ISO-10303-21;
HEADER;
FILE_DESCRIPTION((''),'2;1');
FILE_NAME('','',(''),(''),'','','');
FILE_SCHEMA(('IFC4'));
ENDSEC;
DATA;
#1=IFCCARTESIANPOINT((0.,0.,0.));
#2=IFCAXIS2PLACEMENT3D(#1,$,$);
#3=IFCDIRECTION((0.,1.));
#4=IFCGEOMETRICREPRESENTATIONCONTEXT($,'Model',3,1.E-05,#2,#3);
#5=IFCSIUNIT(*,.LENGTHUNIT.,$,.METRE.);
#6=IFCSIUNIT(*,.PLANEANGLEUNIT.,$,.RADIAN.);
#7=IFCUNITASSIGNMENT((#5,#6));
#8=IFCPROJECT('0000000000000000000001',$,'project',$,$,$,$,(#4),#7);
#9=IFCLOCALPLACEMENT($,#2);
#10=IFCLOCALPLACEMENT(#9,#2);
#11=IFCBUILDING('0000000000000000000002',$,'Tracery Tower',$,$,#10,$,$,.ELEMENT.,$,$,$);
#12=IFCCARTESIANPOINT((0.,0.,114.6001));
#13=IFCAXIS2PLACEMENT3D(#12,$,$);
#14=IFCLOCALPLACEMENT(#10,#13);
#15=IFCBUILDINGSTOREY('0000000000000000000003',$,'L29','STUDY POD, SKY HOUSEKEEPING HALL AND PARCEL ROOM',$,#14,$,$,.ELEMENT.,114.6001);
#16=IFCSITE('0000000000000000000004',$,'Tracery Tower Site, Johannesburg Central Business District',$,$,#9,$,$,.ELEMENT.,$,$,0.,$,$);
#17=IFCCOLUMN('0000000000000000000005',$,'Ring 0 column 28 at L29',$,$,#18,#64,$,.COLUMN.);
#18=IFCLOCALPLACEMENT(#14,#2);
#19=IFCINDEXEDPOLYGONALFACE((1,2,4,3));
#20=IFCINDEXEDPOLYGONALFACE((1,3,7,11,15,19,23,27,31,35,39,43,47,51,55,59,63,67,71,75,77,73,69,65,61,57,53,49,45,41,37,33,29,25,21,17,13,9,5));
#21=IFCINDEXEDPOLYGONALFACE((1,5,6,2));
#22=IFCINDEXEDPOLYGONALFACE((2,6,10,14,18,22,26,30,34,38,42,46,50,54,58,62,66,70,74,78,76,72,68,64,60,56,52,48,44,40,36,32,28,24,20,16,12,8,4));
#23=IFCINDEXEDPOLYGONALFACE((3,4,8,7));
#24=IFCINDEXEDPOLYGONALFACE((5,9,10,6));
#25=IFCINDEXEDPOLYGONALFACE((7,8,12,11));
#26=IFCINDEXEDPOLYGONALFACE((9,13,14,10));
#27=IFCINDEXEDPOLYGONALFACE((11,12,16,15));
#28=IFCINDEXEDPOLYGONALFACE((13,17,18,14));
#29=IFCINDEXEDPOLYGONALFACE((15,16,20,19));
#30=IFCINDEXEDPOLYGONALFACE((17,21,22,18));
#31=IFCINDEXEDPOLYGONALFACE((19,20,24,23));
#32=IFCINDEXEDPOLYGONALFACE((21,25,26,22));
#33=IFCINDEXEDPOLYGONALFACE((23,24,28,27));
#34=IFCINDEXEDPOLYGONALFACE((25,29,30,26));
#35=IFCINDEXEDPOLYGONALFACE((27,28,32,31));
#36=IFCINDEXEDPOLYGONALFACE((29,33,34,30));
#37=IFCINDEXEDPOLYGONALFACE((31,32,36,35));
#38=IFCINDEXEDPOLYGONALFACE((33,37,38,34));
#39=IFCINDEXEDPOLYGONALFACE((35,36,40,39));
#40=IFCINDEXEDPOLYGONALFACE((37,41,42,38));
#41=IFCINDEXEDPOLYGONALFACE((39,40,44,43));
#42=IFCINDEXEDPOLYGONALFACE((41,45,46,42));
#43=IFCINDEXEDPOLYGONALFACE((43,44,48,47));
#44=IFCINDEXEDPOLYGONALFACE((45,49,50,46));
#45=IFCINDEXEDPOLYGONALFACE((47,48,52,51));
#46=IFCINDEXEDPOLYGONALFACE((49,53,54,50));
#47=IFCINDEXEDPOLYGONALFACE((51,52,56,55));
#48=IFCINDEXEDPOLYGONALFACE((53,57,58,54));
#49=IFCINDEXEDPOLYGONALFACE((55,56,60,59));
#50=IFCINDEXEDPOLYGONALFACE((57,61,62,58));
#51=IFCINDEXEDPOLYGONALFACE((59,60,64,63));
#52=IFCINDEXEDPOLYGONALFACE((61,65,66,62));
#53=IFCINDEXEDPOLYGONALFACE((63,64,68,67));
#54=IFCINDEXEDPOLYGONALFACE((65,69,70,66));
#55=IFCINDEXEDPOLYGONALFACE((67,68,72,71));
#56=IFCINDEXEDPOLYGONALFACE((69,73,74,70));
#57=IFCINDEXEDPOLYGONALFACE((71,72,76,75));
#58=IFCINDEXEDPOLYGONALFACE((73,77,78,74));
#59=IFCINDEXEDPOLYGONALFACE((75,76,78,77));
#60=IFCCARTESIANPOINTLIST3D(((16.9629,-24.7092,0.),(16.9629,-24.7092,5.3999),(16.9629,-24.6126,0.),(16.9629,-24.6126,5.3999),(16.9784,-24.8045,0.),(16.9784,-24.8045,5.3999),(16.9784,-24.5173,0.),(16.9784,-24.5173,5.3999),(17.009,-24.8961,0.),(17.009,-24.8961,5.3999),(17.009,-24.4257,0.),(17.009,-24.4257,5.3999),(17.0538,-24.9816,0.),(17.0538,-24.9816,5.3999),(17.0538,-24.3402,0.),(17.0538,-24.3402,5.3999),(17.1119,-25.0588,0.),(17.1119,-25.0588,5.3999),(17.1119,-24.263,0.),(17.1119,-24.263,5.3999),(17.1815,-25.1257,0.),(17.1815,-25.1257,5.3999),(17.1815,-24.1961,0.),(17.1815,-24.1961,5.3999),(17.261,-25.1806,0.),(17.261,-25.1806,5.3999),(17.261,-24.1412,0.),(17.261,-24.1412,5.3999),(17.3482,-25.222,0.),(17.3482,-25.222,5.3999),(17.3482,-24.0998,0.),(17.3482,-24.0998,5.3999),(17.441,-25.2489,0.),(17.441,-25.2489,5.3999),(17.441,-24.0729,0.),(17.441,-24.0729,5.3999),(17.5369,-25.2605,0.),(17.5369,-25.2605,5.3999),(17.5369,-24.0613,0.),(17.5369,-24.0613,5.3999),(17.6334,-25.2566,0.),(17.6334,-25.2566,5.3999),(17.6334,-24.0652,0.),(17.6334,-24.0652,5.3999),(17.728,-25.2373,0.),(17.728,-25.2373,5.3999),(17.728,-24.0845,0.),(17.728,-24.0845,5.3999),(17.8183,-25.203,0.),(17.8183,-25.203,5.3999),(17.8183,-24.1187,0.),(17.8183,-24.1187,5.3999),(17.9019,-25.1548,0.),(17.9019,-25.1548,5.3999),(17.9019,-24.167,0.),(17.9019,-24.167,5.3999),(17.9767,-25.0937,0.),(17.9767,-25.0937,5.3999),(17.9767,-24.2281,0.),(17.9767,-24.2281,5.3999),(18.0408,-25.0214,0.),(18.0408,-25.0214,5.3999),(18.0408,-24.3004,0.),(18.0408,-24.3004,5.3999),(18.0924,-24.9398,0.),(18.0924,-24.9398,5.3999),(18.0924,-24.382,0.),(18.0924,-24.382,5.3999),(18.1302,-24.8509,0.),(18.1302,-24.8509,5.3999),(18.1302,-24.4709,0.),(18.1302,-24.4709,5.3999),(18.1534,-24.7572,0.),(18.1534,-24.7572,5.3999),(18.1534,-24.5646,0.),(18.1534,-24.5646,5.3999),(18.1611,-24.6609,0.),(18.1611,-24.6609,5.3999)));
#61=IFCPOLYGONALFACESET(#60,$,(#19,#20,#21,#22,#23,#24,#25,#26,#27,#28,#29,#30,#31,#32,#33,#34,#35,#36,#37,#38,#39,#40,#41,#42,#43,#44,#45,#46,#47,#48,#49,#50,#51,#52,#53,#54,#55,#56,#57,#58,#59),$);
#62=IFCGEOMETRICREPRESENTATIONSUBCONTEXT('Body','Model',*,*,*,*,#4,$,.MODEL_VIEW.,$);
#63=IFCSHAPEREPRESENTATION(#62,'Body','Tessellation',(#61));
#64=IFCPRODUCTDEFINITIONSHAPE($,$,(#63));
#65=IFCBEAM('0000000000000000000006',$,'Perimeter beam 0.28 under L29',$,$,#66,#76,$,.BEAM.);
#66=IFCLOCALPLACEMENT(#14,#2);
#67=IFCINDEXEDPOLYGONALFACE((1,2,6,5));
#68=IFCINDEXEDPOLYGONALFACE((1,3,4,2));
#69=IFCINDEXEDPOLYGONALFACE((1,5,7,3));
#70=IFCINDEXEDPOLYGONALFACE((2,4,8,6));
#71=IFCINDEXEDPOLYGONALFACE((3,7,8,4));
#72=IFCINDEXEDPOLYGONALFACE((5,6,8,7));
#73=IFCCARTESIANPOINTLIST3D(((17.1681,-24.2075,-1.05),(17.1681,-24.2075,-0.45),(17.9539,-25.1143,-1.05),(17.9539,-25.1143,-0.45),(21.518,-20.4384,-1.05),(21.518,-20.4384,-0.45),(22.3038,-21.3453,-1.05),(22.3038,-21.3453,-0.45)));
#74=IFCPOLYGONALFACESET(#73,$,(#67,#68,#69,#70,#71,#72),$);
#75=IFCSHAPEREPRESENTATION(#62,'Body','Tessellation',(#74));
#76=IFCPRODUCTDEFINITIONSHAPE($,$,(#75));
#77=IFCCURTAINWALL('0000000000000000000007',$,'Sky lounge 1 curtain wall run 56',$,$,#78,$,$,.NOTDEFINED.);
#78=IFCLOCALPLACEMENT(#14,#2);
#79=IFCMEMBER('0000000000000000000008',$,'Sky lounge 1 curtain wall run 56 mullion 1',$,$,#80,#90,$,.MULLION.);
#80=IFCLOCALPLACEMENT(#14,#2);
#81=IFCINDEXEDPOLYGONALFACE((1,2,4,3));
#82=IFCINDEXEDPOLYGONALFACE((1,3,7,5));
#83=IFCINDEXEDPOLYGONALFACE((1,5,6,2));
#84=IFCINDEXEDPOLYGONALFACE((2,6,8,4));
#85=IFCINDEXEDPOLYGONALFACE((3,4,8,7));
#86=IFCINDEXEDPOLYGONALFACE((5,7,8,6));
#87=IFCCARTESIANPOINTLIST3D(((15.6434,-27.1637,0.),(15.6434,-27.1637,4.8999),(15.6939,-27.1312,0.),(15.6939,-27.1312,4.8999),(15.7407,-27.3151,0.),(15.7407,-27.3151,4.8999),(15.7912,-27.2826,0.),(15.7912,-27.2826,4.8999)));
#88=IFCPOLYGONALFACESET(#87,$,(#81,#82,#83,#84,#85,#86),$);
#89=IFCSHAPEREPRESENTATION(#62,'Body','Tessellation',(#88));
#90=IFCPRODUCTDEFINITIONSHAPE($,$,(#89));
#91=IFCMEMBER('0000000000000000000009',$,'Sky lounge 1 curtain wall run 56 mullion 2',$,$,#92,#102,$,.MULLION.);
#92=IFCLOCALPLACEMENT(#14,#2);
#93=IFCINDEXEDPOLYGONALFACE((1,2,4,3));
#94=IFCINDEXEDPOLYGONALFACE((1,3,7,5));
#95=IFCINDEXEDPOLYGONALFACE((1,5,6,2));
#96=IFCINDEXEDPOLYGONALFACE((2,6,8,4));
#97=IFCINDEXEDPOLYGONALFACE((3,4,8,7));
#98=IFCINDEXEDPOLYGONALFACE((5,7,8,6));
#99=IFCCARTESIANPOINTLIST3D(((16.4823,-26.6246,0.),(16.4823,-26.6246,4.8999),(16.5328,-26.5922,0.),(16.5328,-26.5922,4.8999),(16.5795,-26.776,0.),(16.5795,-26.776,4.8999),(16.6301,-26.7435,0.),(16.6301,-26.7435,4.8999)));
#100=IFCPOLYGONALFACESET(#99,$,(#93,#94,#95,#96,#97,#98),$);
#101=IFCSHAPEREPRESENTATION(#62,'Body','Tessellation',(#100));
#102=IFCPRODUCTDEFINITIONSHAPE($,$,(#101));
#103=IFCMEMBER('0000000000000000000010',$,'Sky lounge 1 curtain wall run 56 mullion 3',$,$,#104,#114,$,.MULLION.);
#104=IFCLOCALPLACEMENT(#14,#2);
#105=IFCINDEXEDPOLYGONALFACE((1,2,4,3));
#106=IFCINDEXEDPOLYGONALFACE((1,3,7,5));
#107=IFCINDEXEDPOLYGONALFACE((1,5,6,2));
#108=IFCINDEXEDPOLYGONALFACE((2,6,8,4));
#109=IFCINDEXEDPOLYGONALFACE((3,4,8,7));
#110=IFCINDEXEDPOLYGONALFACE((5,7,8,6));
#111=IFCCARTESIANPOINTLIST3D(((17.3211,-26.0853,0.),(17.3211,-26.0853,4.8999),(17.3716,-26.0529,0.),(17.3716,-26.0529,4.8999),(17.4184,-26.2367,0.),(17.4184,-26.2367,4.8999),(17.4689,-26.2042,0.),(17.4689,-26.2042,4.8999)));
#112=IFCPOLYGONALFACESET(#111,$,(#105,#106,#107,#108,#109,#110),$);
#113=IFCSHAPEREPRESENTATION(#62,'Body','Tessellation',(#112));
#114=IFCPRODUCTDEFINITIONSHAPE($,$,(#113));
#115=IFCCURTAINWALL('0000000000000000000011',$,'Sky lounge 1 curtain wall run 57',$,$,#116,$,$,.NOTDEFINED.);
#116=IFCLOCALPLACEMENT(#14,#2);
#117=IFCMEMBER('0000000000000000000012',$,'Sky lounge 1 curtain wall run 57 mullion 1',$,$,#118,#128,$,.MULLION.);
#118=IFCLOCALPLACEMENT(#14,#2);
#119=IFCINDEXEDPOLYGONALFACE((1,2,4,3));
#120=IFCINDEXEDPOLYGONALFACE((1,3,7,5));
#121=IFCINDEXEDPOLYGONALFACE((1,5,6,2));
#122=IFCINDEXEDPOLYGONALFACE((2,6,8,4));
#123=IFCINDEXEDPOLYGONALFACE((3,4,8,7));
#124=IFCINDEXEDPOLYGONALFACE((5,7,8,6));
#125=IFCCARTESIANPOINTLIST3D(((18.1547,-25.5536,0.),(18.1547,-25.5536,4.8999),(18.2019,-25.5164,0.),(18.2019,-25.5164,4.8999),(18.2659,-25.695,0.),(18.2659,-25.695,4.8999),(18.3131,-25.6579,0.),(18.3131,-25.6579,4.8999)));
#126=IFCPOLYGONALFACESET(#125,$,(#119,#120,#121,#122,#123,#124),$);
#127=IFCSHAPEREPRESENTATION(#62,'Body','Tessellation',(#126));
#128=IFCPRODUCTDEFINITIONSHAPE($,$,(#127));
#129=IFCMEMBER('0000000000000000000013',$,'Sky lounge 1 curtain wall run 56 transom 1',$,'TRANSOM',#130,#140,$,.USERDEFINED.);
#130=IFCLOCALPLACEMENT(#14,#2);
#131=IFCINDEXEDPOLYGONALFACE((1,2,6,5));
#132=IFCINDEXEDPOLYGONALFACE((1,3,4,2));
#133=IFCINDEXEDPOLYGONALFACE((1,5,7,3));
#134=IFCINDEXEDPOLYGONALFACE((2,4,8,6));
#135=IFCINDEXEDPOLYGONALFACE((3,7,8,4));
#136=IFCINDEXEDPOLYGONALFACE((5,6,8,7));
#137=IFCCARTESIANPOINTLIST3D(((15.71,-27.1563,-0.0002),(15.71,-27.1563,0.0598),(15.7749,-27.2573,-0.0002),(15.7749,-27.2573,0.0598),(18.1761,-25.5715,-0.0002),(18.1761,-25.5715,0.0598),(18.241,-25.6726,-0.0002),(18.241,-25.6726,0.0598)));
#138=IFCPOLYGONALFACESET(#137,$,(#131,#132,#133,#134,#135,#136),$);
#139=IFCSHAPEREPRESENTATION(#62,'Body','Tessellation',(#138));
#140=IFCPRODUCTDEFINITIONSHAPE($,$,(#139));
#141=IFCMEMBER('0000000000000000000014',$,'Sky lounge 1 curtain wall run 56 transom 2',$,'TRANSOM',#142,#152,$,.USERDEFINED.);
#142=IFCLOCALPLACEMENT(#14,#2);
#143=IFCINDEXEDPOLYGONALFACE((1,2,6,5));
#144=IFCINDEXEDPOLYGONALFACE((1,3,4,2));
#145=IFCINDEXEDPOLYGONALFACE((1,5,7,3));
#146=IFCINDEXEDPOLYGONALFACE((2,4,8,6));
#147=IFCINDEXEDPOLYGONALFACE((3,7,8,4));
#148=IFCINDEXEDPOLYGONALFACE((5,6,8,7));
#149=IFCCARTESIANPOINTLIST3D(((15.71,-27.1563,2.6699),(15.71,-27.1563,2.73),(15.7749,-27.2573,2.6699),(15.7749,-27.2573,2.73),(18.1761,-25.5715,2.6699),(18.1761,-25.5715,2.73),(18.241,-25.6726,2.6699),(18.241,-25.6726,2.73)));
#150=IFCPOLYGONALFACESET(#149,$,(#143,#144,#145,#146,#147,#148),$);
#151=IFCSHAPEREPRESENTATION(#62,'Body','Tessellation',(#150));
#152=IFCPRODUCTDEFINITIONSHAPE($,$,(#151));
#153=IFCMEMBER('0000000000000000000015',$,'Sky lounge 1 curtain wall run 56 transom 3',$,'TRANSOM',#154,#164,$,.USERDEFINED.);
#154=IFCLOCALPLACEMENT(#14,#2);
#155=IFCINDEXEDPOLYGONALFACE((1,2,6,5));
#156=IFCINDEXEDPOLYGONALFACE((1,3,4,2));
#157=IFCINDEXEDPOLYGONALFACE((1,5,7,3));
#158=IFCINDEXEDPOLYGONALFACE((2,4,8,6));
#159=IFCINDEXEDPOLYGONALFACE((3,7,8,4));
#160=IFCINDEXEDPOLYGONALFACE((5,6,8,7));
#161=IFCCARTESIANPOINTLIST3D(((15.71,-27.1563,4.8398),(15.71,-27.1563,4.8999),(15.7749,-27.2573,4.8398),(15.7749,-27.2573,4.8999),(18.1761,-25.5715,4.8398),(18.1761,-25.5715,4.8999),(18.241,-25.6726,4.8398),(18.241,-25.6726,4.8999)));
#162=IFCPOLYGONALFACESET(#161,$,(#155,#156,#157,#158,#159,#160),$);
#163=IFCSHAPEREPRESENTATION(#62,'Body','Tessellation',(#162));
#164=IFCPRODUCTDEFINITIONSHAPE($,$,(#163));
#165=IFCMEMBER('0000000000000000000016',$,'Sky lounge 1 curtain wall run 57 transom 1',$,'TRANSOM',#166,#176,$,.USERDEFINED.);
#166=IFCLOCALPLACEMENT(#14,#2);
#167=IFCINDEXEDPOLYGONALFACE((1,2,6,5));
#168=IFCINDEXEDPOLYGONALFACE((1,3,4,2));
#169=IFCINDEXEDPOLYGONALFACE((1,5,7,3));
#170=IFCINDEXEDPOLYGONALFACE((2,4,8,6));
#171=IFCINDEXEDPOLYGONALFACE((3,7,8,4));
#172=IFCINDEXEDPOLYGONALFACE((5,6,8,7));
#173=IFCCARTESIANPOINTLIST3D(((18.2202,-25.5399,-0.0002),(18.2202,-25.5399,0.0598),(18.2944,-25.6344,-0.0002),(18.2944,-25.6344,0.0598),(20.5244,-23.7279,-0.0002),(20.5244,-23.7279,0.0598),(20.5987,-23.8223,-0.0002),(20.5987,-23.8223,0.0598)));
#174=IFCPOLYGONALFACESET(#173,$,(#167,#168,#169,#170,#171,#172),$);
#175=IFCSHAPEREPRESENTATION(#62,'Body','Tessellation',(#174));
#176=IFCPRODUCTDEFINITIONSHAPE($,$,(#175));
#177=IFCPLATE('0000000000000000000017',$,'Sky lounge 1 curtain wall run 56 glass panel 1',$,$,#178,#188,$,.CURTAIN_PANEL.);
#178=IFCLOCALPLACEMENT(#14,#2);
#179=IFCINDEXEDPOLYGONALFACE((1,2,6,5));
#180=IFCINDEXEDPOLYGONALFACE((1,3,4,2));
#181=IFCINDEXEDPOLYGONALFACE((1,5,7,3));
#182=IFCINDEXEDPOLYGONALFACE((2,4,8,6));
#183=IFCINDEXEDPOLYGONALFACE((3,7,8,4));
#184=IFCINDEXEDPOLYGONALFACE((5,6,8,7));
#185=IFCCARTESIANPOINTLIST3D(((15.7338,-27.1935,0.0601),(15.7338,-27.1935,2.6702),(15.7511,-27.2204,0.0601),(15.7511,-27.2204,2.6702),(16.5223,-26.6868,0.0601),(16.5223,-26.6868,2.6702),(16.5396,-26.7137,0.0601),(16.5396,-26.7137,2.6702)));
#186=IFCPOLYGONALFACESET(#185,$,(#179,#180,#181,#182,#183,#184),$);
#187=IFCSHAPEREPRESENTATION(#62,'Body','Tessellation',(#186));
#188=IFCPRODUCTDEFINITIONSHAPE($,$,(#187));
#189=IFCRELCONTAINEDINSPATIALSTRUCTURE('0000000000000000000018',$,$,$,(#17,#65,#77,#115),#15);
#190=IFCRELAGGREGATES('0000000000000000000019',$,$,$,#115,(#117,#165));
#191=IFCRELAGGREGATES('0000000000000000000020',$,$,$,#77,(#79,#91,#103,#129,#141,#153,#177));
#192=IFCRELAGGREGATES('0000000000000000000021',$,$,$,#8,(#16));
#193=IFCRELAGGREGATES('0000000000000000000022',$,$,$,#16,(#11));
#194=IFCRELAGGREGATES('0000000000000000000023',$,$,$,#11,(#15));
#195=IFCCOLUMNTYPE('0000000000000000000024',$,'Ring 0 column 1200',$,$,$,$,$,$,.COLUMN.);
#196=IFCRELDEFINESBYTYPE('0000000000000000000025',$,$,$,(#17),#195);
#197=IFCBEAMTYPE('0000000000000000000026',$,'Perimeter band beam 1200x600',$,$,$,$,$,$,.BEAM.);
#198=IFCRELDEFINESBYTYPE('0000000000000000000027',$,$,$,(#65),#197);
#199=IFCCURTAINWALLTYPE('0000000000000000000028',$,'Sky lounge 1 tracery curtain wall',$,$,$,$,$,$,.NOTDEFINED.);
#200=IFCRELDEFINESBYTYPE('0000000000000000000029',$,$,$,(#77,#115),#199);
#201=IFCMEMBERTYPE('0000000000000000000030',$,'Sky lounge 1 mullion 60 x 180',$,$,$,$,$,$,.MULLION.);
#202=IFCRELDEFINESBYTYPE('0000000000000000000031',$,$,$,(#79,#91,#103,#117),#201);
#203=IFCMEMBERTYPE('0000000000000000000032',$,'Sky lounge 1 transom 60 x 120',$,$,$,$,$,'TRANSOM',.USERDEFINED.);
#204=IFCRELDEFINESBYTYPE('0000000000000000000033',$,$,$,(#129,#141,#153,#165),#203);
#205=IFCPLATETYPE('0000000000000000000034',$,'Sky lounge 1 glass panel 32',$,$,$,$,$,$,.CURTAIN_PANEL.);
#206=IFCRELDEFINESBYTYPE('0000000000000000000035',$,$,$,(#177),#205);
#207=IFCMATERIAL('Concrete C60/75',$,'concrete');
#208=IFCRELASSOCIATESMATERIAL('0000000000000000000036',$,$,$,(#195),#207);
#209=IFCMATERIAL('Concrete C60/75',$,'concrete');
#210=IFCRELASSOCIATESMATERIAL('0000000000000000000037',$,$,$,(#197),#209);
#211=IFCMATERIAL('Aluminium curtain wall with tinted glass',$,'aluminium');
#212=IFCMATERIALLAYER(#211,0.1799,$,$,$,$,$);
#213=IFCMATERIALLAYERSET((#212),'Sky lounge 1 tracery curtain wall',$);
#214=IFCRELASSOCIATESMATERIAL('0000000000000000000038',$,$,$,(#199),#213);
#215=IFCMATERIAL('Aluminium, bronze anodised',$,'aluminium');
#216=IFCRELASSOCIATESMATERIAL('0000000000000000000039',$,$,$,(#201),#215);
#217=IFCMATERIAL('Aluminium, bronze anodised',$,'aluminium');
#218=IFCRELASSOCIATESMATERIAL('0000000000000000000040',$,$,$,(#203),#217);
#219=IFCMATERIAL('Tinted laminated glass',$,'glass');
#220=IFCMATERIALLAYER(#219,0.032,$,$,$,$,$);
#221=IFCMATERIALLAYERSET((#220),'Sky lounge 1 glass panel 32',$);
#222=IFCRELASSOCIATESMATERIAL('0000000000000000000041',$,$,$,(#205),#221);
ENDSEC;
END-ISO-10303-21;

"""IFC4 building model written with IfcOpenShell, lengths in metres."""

from ifc_helpers import new_model, si_unit, direction, frame, origin, origin_2d, place, context, subcontext, project, spatial, rectangle, circle, extrude, material, layer, layer_set, material_profile, profile_set, type_object, element, aggregate, save


model = new_model("IFC4")

# Units and contexts
model_context = context("Model", 3, precision=1e-05, world=origin(), true_north=direction((0.0, 1.0)))
body_context = subcontext(model_context, "Body", "Model", "MODEL_VIEW")
ifc_project = project(units=[si_unit("LENGTHUNIT", "METRE"), si_unit("PLANEANGLEUNIT", "RADIAN")], contexts=[model_context])

# Site, building, storey
site_placement = place(None, origin())
site = spatial("IfcSite", under=ifc_project, at=site_placement, Name="Tracery Tower Site, Johannesburg Central Business District", CompositionType="ELEMENT", RefElevation=0.0)
building_placement = place(site_placement, origin())
building = spatial("IfcBuilding", under=site, at=building_placement, Name="Tracery Tower", CompositionType="ELEMENT")
storey_placement = place(building_placement, frame((0.0, 0.0, 114.6001)))
storey = spatial("IfcBuildingStorey", under=building, at=storey_placement, Name="L29", Description="STUDY POD, SKY HOUSEKEEPING HALL AND PARCEL ROOM", CompositionType="ELEMENT", Elevation=114.6001)

# Column
ifc_material_1 = material(Name="Concrete C60/75", Category="concrete")
ifc_material_profile_1 = material_profile(ifc_material_1, circle(Radius=0.6001, at=origin_2d()), Name="RC D1200")
ifc_profile_set_1 = profile_set([ifc_material_profile_1], Name="Concrete C60/75")
column_type = type_object("IfcColumnType", Name="Ring 0 column 1200", PredefinedType="COLUMN", material=ifc_profile_set_1)
column_placement = place(storey_placement, frame((17.561, -24.6609, 0.0), z_axis=(0.0, 0.0, 1.0), x_axis=(1.0, 0.0, 0.0)))
element("IfcColumn", 1, at=column_placement, inside=storey, type_object=column_type, Name="Ring 0 column 28 at L29", PredefinedType="COLUMN", context=body_context, shape_type="SweptSolid", body=[
    extrude(circle(Radius=0.6001, at=origin_2d()), origin(), (0.0, 0.0, 1.0), 5.3999),
])

# Beam
ifc_material_2 = material(Name="Concrete C60/75", Category="concrete")
ifc_material_profile_2 = material_profile(ifc_material_2, rectangle(XDim=1.2, YDim=0.6001, at=origin_2d()), Name="RC 1200x600")
ifc_profile_set_2 = profile_set([ifc_material_profile_2], Name="Concrete C60/75")
beam_type = type_object("IfcBeamType", Name="Perimeter band beam 1200x600", PredefinedType="BEAM", material=ifc_profile_set_2)
beam_placement = place(storey_placement, frame((17.561, -24.6609, -0.75), z_axis=(0.75576, 0.654848, 0.0), x_axis=(-0.654848, 0.75576, 0.0)))
element("IfcBeam", 2, at=beam_placement, inside=storey, type_object=beam_type, Name="Perimeter beam 0.28 under L29", PredefinedType="BEAM", context=body_context, shape_type="SweptSolid", body=[
    extrude(rectangle(XDim=1.2, YDim=0.6001, at=origin_2d()), origin(), (0.0, 0.0, 1.0), 5.7556),
])

# Curtain wall, members
ifc_material_3 = material(Name="Aluminium curtain wall with tinted glass", Category="aluminium")
ifc_layer_1 = layer(ifc_material_3, 0.1799)
ifc_layer_set_1 = layer_set([ifc_layer_1], Name="Sky lounge 1 tracery curtain wall")
curtain_wall_type = type_object("IfcCurtainWallType", Name="Sky lounge 1 tracery curtain wall", PredefinedType="NOTDEFINED", material=ifc_layer_set_1)
curtain_wall_1_placement = place(storey_placement, origin())
curtain_wall_1 = element("IfcCurtainWall", 3, at=curtain_wall_1_placement, inside=storey, type_object=curtain_wall_type, Name="Sky lounge 1 curtain wall run 56", PredefinedType="NOTDEFINED")
ifc_material_4 = material(Name="Aluminium, bronze anodised", Category="aluminium")
ifc_material_profile_3 = material_profile(ifc_material_4, rectangle(XDim=0.1799, YDim=0.0601, at=origin_2d()), Name="AL 60x180")
ifc_profile_set_3 = profile_set([ifc_material_profile_3], Name="Aluminium, bronze anodised")
member_type_1 = type_object("IfcMemberType", Name="Sky lounge 1 mullion 60 x 180", PredefinedType="MULLION", material=ifc_profile_set_3)
member_1_placement = place(storey_placement, frame((15.7173, -27.2231, 0.0), z_axis=(0.0, 0.0, 1.0), x_axis=(-0.540641, 0.841254, 0.0)))
member_1 = element("IfcMember", 4, at=member_1_placement, type_object=member_type_1, Name="Sky lounge 1 curtain wall run 56 mullion 1", PredefinedType="MULLION", context=body_context, shape_type="SweptSolid", body=[
    extrude(rectangle(XDim=0.1799, YDim=0.0601, at=origin_2d()), origin(), (0.0, 0.0, 1.0), 4.8999),
])
member_2_placement = place(storey_placement, frame((16.5562, -26.6841, 0.0), z_axis=(0.0, 0.0, 1.0), x_axis=(-0.540641, 0.841254, 0.0)))
member_2 = element("IfcMember", 5, at=member_2_placement, type_object=member_type_1, Name="Sky lounge 1 curtain wall run 56 mullion 2", PredefinedType="MULLION", context=body_context, shape_type="SweptSolid", body=[
    extrude(rectangle(XDim=0.1799, YDim=0.0601, at=origin_2d()), origin(), (0.0, 0.0, 1.0), 4.8999),
])
member_3_placement = place(storey_placement, frame((17.395, -26.1448, 0.0), z_axis=(0.0, 0.0, 1.0), x_axis=(-0.540641, 0.841254, 0.0)))
member_3 = element("IfcMember", 6, at=member_3_placement, type_object=member_type_1, Name="Sky lounge 1 curtain wall run 56 mullion 3", PredefinedType="MULLION", context=body_context, shape_type="SweptSolid", body=[
    extrude(rectangle(XDim=0.1799, YDim=0.0601, at=origin_2d()), origin(), (0.0, 0.0, 1.0), 4.8999),
])

# Curtain wall, member
curtain_wall_2_placement = place(storey_placement, origin())
curtain_wall_2 = element("IfcCurtainWall", 7, at=curtain_wall_2_placement, inside=storey, type_object=curtain_wall_type, Name="Sky lounge 1 curtain wall run 57", PredefinedType="NOTDEFINED")
member_4_placement = place(storey_placement, frame((18.2339, -25.6057, 0.0), z_axis=(0.0, 0.0, 1.0), x_axis=(-0.618159, 0.786053, 0.0)))
member_4 = element("IfcMember", 8, at=member_4_placement, type_object=member_type_1, Name="Sky lounge 1 curtain wall run 57 mullion 1", PredefinedType="MULLION", context=body_context, shape_type="SweptSolid", body=[
    extrude(rectangle(XDim=0.1799, YDim=0.0601, at=origin_2d()), origin(), (0.0, 0.0, 1.0), 4.8999),
])

# Members
ifc_material_5 = material(Name="Aluminium, bronze anodised", Category="aluminium")
ifc_material_profile_4 = material_profile(ifc_material_5, rectangle(XDim=0.1201, YDim=0.0601, at=origin_2d()), Name="AL 60x120")
ifc_profile_set_4 = profile_set([ifc_material_profile_4], Name="Aluminium, bronze anodised")
member_type_2 = type_object("IfcMemberType", Name="Sky lounge 1 transom 60 x 120", ElementType="TRANSOM", PredefinedType="USERDEFINED", material=ifc_profile_set_4)
member_5_placement = place(storey_placement, frame((15.7424, -27.2068, 0.0298), z_axis=(0.841273, 0.54061, 0.0), x_axis=(-0.54061, 0.841273, 0.0)))
member_5 = element("IfcMember", 9, at=member_5_placement, type_object=member_type_2, Name="Sky lounge 1 curtain wall run 56 transom 1", ObjectType="TRANSOM", PredefinedType="USERDEFINED", context=body_context, shape_type="SweptSolid", body=[
    extrude(rectangle(XDim=0.1201, YDim=0.0601, at=origin_2d()), origin(), (0.0, 0.0, 1.0), 2.9314),
])
member_6_placement = place(storey_placement, frame((15.7424, -27.2068, 2.7), z_axis=(0.841273, 0.54061, 0.0), x_axis=(-0.54061, 0.841273, 0.0)))
member_6 = element("IfcMember", 10, at=member_6_placement, type_object=member_type_2, Name="Sky lounge 1 curtain wall run 56 transom 2", ObjectType="TRANSOM", PredefinedType="USERDEFINED", context=body_context, shape_type="SweptSolid", body=[
    extrude(rectangle(XDim=0.1201, YDim=0.0601, at=origin_2d()), origin(), (0.0, 0.0, 1.0), 2.9314),
])
member_7_placement = place(storey_placement, frame((15.7424, -27.2068, 4.8699), z_axis=(0.841273, 0.54061, 0.0), x_axis=(-0.54061, 0.841273, 0.0)))
member_7 = element("IfcMember", 11, at=member_7_placement, type_object=member_type_2, Name="Sky lounge 1 curtain wall run 56 transom 3", ObjectType="TRANSOM", PredefinedType="USERDEFINED", context=body_context, shape_type="SweptSolid", body=[
    extrude(rectangle(XDim=0.1201, YDim=0.0601, at=origin_2d()), origin(), (0.0, 0.0, 1.0), 2.9314),
])
member_8_placement = place(storey_placement, frame((18.2573, -25.5872, 0.0298), z_axis=(0.786058, 0.618153, 0.0), x_axis=(-0.618153, 0.786058, 0.0)))
member_8 = element("IfcMember", 12, at=member_8_placement, type_object=member_type_2, Name="Sky lounge 1 curtain wall run 57 transom 1", ObjectType="TRANSOM", PredefinedType="USERDEFINED", context=body_context, shape_type="SweptSolid", body=[
    extrude(rectangle(XDim=0.1201, YDim=0.0601, at=origin_2d()), origin(), (0.0, 0.0, 1.0), 2.9314),
])
aggregate(curtain_wall_2, [member_4, member_8])

# Plate
ifc_material_6 = material(Name="Tinted laminated glass", Category="glass")
ifc_layer_2 = layer(ifc_material_6, 0.032)
ifc_layer_set_2 = layer_set([ifc_layer_2], Name="Sky lounge 1 glass panel 32")
plate_type = type_object("IfcPlateType", Name="Sky lounge 1 glass panel 32", PredefinedType="CURTAIN_PANEL", material=ifc_layer_set_2)
plate_1_placement = place(storey_placement, frame((16.1367, -26.9536, 0.0601), z_axis=(0.0, 0.0, 1.0), x_axis=(0.841254, 0.540641, 0.0)))
plate_1 = element("IfcPlate", 13, at=plate_1_placement, type_object=plate_type, Name="Sky lounge 1 curtain wall run 56 glass panel 1", PredefinedType="CURTAIN_PANEL", context=body_context, shape_type="SweptSolid", body=[
    extrude(rectangle(XDim=0.9373, YDim=0.032, at=origin_2d()), origin(), (0.0, 0.0, 1.0), 2.6101),
])
aggregate(curtain_wall_1, [member_1, member_2, member_3, member_5, member_6, member_7, plate_1])

save(model, "model.ifc")
